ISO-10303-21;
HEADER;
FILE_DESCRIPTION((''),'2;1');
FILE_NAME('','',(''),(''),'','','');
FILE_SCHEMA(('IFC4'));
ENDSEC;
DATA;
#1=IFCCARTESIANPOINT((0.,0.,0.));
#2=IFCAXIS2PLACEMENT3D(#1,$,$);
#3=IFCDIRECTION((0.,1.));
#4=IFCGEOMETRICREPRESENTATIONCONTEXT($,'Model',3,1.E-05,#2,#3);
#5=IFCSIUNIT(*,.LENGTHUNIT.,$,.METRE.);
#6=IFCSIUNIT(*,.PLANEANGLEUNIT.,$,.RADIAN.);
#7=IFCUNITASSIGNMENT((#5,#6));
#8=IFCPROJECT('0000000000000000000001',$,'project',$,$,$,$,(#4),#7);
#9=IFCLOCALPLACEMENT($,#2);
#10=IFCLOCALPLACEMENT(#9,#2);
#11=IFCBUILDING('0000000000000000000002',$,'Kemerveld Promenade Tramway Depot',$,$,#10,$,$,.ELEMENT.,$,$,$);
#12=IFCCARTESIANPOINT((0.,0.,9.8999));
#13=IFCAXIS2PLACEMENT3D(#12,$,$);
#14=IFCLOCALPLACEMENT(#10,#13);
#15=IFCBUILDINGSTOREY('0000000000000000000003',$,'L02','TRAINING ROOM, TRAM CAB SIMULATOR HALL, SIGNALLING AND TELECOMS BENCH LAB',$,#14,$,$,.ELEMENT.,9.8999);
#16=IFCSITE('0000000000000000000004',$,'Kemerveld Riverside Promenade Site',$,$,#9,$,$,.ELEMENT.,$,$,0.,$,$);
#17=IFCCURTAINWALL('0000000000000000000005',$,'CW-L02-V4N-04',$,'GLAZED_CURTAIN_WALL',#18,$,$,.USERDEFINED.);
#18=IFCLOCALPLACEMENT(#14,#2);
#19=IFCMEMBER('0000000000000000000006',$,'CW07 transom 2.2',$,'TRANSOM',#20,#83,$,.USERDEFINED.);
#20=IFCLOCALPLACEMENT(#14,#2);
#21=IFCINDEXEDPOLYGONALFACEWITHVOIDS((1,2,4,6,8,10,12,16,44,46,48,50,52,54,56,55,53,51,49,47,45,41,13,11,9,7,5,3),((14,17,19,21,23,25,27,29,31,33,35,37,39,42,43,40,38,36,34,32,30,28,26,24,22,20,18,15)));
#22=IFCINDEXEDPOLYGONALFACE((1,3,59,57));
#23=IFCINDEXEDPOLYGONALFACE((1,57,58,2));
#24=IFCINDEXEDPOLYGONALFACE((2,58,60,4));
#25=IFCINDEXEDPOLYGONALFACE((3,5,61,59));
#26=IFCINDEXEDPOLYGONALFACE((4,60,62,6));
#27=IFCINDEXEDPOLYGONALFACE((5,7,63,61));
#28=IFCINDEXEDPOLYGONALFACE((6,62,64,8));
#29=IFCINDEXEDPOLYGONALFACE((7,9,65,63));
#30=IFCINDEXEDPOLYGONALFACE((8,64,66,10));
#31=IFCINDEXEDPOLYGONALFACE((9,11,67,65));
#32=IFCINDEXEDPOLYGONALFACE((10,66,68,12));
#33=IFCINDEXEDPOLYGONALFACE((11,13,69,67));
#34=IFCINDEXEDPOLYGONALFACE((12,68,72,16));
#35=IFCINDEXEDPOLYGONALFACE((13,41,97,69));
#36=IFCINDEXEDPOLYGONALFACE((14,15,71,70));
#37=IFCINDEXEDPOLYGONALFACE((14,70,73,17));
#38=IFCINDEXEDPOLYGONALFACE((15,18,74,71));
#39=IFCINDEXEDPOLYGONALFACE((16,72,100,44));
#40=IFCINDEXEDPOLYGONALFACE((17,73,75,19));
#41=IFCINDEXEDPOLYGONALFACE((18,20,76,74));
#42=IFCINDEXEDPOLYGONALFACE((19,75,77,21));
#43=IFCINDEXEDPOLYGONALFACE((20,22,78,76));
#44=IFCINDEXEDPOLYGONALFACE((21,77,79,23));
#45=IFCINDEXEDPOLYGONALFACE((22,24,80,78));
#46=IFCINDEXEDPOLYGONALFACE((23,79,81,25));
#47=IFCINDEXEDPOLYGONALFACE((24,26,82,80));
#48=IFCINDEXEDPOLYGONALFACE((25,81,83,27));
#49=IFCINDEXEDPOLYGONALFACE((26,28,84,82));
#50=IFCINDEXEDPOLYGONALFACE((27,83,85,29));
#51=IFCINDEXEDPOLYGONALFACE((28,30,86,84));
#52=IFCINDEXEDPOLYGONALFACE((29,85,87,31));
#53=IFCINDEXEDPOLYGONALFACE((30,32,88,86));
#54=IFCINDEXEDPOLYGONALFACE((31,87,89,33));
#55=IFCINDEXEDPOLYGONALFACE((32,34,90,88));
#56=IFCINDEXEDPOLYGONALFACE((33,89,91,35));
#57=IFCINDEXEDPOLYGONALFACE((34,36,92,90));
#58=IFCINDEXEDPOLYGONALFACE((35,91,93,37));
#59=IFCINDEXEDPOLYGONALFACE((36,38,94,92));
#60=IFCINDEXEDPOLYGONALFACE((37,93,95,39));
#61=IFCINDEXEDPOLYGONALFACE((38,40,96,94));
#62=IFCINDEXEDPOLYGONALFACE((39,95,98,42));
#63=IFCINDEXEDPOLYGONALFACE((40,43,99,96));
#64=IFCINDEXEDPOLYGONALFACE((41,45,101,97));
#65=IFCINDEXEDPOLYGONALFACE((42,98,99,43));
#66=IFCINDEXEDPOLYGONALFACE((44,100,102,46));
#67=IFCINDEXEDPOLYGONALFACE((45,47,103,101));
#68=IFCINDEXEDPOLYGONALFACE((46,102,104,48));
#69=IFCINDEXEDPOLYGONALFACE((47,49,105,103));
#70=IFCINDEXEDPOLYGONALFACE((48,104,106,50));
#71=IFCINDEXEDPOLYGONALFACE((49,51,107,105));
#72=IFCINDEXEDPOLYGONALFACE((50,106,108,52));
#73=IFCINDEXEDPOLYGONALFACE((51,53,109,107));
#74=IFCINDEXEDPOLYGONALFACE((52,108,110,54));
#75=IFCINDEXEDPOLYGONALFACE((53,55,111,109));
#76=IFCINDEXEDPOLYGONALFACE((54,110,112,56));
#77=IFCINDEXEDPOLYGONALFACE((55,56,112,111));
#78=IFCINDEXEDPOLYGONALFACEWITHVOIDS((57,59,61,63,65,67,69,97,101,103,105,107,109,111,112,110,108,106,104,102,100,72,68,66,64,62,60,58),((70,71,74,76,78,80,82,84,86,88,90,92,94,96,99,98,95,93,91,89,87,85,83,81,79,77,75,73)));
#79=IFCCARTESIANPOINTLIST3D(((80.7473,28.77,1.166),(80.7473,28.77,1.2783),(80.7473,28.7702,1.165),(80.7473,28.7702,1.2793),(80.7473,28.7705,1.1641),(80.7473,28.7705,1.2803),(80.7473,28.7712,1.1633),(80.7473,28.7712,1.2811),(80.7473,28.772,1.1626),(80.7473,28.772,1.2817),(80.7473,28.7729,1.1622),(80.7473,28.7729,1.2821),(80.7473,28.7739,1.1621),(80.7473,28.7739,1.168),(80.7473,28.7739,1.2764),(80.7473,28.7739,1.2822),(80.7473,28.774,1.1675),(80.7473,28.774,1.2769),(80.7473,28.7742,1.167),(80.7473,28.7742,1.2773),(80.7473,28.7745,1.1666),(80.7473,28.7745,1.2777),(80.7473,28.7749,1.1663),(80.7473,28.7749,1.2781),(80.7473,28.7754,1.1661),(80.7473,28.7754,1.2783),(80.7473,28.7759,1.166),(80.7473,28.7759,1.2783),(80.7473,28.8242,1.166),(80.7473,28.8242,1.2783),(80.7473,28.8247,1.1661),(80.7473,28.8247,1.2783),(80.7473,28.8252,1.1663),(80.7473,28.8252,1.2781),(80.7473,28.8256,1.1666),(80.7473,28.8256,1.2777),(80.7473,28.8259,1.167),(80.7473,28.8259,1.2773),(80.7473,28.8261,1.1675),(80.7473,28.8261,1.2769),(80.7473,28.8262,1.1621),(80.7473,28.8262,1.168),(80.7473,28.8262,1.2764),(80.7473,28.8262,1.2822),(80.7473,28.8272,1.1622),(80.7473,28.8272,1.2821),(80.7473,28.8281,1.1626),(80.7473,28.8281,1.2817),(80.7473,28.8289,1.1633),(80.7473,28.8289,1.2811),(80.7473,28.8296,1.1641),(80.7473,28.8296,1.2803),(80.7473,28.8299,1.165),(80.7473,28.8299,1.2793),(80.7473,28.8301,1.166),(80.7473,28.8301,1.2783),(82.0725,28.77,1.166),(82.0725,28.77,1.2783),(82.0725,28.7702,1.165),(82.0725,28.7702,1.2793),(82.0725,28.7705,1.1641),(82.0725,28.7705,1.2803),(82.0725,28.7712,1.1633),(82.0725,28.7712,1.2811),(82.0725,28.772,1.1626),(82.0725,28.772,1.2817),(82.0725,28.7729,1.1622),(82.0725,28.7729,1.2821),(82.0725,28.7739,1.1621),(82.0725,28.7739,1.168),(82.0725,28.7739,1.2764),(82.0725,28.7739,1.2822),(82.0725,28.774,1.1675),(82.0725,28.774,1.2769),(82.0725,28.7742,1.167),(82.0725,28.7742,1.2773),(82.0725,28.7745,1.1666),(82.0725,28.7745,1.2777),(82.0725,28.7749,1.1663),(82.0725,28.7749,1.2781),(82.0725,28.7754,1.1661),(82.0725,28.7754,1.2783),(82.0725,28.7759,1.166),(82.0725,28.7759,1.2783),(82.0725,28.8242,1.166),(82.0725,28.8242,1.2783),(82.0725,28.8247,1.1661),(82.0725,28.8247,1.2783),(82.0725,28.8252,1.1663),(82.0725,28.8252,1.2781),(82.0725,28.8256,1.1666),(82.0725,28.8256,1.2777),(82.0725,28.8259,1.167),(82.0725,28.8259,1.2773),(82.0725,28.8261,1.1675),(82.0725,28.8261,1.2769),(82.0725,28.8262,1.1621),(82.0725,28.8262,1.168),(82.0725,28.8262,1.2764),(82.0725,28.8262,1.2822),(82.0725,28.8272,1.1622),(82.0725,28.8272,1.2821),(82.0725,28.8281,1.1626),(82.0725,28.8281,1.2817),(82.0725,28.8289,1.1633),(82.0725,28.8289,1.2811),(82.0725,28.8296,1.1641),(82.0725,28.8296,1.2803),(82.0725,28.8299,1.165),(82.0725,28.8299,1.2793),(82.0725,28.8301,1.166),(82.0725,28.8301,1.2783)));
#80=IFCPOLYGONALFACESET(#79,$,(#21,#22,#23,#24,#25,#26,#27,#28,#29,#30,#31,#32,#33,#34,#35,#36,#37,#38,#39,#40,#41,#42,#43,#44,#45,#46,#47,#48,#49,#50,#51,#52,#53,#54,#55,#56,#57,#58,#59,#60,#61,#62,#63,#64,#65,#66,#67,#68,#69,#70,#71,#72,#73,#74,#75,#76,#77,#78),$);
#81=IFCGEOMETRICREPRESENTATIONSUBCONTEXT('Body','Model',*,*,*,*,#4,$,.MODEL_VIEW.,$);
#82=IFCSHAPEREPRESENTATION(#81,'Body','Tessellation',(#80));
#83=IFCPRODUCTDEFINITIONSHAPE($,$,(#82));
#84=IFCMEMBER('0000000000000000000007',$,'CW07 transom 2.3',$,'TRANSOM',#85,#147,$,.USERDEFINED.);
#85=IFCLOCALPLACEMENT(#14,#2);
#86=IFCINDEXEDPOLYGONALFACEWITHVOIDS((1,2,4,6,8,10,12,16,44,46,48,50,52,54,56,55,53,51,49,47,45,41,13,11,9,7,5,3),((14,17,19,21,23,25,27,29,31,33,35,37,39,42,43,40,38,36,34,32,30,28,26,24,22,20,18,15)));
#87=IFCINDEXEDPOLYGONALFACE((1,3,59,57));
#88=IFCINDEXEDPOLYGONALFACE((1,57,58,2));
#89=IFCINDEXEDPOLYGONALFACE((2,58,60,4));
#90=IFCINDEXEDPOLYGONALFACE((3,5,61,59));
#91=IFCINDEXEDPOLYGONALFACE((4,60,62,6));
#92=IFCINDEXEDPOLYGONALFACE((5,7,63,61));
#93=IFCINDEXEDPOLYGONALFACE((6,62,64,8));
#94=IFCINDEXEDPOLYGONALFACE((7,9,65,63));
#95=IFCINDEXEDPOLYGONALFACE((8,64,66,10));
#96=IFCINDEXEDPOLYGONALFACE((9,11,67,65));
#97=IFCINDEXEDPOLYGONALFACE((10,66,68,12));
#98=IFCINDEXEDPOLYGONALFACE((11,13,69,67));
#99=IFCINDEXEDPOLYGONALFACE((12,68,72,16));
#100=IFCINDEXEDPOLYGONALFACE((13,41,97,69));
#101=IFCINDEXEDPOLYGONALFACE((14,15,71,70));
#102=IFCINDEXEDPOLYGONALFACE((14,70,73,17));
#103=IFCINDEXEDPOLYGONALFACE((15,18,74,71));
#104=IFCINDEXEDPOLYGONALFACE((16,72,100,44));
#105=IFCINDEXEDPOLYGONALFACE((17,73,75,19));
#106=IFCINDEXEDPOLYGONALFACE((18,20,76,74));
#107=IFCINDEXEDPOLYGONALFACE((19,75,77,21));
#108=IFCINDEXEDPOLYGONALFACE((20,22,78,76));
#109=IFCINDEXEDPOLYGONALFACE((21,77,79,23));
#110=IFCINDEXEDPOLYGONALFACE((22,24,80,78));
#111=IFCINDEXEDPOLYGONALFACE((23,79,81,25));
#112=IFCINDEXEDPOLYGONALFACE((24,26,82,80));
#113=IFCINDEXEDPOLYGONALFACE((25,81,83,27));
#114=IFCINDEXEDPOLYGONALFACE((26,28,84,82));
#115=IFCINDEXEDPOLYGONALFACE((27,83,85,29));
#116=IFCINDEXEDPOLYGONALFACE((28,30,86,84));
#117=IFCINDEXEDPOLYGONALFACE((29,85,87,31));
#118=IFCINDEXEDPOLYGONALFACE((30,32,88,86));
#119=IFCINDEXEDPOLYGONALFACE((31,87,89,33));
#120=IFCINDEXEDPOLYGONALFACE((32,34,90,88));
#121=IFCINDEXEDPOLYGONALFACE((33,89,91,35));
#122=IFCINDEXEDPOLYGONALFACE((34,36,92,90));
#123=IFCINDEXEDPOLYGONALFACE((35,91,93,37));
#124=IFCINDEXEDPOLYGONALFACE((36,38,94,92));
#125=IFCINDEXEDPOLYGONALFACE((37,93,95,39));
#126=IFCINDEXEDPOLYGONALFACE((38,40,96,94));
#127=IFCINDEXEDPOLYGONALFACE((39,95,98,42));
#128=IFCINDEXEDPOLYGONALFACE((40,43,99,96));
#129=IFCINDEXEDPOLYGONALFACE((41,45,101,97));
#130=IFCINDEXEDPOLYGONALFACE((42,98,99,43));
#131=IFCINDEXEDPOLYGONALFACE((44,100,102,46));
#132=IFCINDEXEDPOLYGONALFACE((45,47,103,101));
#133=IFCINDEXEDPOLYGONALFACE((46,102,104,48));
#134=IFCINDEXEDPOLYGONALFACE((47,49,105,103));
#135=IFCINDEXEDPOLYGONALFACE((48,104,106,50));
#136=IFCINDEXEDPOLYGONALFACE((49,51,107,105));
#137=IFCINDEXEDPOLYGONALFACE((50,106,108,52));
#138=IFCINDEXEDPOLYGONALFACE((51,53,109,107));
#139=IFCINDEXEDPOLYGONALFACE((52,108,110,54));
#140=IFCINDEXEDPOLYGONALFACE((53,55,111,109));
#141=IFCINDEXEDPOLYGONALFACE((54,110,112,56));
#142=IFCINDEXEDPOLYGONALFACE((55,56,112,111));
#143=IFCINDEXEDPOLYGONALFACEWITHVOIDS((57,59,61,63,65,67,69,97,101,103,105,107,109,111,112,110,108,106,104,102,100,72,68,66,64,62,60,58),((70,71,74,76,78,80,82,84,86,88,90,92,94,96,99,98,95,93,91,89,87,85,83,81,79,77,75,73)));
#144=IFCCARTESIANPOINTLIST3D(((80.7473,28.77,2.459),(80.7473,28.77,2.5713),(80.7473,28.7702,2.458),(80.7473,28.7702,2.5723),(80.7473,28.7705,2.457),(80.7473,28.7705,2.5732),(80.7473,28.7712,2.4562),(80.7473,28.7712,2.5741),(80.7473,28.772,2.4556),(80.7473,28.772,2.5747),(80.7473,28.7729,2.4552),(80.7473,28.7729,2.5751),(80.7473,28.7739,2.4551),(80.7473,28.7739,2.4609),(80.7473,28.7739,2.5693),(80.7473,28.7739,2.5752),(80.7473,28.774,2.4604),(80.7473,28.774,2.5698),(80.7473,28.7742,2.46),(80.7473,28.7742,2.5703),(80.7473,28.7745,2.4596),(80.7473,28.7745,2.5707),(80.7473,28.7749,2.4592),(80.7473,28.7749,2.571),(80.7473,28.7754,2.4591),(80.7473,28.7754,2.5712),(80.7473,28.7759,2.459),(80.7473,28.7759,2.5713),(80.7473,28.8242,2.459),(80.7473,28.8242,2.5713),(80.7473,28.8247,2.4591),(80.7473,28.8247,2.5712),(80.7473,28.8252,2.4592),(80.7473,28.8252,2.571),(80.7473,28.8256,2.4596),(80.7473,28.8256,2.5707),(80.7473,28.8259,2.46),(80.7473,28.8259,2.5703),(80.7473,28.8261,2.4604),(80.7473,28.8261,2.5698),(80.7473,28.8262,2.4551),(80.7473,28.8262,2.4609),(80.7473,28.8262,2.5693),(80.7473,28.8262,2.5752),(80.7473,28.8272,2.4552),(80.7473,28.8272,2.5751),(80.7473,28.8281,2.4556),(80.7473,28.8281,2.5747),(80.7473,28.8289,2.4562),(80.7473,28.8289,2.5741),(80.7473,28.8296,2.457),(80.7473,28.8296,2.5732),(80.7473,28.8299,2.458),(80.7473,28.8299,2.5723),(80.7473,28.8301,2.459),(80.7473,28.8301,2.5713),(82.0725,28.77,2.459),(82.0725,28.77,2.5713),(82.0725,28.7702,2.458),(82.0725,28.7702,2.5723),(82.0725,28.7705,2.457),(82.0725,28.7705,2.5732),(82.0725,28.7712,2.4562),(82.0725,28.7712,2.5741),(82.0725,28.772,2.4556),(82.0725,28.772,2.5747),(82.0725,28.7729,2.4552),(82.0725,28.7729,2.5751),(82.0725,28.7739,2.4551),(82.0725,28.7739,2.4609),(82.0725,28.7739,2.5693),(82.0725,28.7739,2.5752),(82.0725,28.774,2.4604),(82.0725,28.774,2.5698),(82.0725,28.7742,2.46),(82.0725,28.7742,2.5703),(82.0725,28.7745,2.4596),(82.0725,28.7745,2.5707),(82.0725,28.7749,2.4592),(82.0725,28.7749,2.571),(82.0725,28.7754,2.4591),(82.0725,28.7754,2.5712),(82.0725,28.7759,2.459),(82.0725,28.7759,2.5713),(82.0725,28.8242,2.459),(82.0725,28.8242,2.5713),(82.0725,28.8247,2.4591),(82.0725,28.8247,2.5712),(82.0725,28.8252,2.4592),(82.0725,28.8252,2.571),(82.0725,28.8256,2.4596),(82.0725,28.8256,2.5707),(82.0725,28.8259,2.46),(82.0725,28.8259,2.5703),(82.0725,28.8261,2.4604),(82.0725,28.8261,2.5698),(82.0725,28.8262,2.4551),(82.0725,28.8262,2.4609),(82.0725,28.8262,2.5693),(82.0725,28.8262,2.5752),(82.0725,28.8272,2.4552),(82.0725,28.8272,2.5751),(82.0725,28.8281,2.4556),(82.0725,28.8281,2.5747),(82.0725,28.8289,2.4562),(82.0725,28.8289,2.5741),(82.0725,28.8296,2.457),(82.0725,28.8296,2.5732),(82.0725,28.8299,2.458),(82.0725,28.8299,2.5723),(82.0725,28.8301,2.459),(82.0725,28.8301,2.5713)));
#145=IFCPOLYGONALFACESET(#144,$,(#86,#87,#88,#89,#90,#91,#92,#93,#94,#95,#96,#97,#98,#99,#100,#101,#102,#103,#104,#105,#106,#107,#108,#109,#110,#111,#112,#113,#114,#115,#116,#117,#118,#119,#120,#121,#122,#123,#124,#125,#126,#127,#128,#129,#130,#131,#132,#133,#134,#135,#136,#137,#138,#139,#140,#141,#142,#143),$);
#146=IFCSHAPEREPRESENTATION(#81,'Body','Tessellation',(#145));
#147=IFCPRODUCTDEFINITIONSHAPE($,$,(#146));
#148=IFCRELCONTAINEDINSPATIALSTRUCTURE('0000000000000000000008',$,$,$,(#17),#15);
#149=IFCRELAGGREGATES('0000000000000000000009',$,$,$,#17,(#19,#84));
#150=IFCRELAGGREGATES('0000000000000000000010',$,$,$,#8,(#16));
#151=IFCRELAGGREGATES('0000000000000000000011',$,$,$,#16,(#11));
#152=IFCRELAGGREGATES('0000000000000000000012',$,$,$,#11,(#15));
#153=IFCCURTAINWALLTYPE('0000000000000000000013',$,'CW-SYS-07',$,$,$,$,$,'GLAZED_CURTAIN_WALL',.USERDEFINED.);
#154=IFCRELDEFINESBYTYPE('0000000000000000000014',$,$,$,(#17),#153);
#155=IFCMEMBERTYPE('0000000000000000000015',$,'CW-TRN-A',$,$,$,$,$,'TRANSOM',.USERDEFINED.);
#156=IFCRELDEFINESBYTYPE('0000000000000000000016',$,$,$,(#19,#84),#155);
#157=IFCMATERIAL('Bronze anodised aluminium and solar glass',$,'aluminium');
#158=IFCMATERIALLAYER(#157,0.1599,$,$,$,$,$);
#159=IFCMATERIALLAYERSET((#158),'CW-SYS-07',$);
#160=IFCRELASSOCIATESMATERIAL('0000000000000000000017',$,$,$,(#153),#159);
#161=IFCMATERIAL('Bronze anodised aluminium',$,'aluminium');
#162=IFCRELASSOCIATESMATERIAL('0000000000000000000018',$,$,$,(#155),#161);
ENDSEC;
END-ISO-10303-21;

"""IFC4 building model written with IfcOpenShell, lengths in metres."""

from ifc_helpers import new_model, si_unit, direction, frame, origin, origin_2d, place, context, subcontext, project, spatial, hollow_rectangle, extrude, material, layer, layer_set, material_profile, profile_set, type_object, element, aggregate, save


model = new_model("IFC4")

# Units and contexts
model_context = context("Model", 3, precision=1e-05, world=origin(), true_north=direction((0.0, 1.0)))
body_context = subcontext(model_context, "Body", "Model", "MODEL_VIEW")
ifc_project = project(units=[si_unit("LENGTHUNIT", "METRE"), si_unit("PLANEANGLEUNIT", "RADIAN")], contexts=[model_context])

# Site, building, storey
site_placement = place(None, origin())
site = spatial("IfcSite", under=ifc_project, at=site_placement, Name="Kemerveld Riverside Promenade Site", CompositionType="ELEMENT", RefElevation=0.0)
building_placement = place(site_placement, origin())
building = spatial("IfcBuilding", under=site, at=building_placement, Name="Kemerveld Promenade Tramway Depot", CompositionType="ELEMENT")
storey_placement = place(building_placement, frame((0.0, 0.0, 9.8999)))
storey = spatial("IfcBuildingStorey", under=building, at=storey_placement, Name="L02", Description="TRAINING ROOM, TRAM CAB SIMULATOR HALL, SIGNALLING AND TELECOMS BENCH LAB", CompositionType="ELEMENT", Elevation=9.8999)

# Curtain wall, members
ifc_material_1 = material(Name="Bronze anodised aluminium and solar glass", Category="aluminium")
ifc_layer_1 = layer(ifc_material_1, 0.1599)
ifc_layer_set_1 = layer_set([ifc_layer_1], Name="CW-SYS-07")
curtain_wall_type = type_object("IfcCurtainWallType", Name="CW-SYS-07", ElementType="GLAZED_CURTAIN_WALL", PredefinedType="USERDEFINED", material=ifc_layer_set_1)
curtain_wall_placement = place(storey_placement, origin())
curtain_wall = element("IfcCurtainWall", 1, at=curtain_wall_placement, inside=storey, type_object=curtain_wall_type, Name="CW-L02-V4N-04", ObjectType="GLAZED_CURTAIN_WALL", PredefinedType="USERDEFINED")
ifc_material_2 = material(Name="Bronze anodised aluminium", Category="aluminium")
ifc_material_profile_1 = material_profile(ifc_material_2, hollow_rectangle(XDim=0.0601, YDim=0.1201, WallThickness=0.0039, InnerFilletRadius=0.002, OuterFilletRadius=0.0039, at=origin_2d()), Name="CW-TRN-120x60")
ifc_profile_set_1 = profile_set([ifc_material_profile_1], Name="Bronze anodised aluminium")
member_type_1 = type_object("IfcMemberType", Name="CW-TRN-A", ElementType="TRANSOM", PredefinedType="USERDEFINED", material=ifc_profile_set_1)
member_1_placement = place(storey_placement, frame((80.7473, 28.8, 1.2222), z_axis=(1.0, 0.0, 0.0), x_axis=(0.0, 1.0, 0.0)))
member_1 = element("IfcMember", 2, at=member_1_placement, type_object=member_type_1, Name="CW07 transom 2.2", ObjectType="TRANSOM", PredefinedType="USERDEFINED", context=body_context, shape_type="SweptSolid", body=[
    extrude(hollow_rectangle(XDim=0.0601, YDim=0.1201, WallThickness=0.0039, InnerFilletRadius=0.002, OuterFilletRadius=0.0039, at=origin_2d()), origin(), (0.0, 0.0, 1.0), 1.3252),
])
member_2_placement = place(storey_placement, frame((80.7473, 28.8, 2.5151), z_axis=(1.0, 0.0, 0.0), x_axis=(0.0, 1.0, 0.0)))
member_2 = element("IfcMember", 3, at=member_2_placement, type_object=member_type_1, Name="CW07 transom 2.3", ObjectType="TRANSOM", PredefinedType="USERDEFINED", context=body_context, shape_type="SweptSolid", body=[
    extrude(hollow_rectangle(XDim=0.0601, YDim=0.1201, WallThickness=0.0039, InnerFilletRadius=0.002, OuterFilletRadius=0.0039, at=origin_2d()), origin(), (0.0, 0.0, 1.0), 1.3252),
])
aggregate(curtain_wall, [member_1, member_2])

save(model, "model.ifc")
